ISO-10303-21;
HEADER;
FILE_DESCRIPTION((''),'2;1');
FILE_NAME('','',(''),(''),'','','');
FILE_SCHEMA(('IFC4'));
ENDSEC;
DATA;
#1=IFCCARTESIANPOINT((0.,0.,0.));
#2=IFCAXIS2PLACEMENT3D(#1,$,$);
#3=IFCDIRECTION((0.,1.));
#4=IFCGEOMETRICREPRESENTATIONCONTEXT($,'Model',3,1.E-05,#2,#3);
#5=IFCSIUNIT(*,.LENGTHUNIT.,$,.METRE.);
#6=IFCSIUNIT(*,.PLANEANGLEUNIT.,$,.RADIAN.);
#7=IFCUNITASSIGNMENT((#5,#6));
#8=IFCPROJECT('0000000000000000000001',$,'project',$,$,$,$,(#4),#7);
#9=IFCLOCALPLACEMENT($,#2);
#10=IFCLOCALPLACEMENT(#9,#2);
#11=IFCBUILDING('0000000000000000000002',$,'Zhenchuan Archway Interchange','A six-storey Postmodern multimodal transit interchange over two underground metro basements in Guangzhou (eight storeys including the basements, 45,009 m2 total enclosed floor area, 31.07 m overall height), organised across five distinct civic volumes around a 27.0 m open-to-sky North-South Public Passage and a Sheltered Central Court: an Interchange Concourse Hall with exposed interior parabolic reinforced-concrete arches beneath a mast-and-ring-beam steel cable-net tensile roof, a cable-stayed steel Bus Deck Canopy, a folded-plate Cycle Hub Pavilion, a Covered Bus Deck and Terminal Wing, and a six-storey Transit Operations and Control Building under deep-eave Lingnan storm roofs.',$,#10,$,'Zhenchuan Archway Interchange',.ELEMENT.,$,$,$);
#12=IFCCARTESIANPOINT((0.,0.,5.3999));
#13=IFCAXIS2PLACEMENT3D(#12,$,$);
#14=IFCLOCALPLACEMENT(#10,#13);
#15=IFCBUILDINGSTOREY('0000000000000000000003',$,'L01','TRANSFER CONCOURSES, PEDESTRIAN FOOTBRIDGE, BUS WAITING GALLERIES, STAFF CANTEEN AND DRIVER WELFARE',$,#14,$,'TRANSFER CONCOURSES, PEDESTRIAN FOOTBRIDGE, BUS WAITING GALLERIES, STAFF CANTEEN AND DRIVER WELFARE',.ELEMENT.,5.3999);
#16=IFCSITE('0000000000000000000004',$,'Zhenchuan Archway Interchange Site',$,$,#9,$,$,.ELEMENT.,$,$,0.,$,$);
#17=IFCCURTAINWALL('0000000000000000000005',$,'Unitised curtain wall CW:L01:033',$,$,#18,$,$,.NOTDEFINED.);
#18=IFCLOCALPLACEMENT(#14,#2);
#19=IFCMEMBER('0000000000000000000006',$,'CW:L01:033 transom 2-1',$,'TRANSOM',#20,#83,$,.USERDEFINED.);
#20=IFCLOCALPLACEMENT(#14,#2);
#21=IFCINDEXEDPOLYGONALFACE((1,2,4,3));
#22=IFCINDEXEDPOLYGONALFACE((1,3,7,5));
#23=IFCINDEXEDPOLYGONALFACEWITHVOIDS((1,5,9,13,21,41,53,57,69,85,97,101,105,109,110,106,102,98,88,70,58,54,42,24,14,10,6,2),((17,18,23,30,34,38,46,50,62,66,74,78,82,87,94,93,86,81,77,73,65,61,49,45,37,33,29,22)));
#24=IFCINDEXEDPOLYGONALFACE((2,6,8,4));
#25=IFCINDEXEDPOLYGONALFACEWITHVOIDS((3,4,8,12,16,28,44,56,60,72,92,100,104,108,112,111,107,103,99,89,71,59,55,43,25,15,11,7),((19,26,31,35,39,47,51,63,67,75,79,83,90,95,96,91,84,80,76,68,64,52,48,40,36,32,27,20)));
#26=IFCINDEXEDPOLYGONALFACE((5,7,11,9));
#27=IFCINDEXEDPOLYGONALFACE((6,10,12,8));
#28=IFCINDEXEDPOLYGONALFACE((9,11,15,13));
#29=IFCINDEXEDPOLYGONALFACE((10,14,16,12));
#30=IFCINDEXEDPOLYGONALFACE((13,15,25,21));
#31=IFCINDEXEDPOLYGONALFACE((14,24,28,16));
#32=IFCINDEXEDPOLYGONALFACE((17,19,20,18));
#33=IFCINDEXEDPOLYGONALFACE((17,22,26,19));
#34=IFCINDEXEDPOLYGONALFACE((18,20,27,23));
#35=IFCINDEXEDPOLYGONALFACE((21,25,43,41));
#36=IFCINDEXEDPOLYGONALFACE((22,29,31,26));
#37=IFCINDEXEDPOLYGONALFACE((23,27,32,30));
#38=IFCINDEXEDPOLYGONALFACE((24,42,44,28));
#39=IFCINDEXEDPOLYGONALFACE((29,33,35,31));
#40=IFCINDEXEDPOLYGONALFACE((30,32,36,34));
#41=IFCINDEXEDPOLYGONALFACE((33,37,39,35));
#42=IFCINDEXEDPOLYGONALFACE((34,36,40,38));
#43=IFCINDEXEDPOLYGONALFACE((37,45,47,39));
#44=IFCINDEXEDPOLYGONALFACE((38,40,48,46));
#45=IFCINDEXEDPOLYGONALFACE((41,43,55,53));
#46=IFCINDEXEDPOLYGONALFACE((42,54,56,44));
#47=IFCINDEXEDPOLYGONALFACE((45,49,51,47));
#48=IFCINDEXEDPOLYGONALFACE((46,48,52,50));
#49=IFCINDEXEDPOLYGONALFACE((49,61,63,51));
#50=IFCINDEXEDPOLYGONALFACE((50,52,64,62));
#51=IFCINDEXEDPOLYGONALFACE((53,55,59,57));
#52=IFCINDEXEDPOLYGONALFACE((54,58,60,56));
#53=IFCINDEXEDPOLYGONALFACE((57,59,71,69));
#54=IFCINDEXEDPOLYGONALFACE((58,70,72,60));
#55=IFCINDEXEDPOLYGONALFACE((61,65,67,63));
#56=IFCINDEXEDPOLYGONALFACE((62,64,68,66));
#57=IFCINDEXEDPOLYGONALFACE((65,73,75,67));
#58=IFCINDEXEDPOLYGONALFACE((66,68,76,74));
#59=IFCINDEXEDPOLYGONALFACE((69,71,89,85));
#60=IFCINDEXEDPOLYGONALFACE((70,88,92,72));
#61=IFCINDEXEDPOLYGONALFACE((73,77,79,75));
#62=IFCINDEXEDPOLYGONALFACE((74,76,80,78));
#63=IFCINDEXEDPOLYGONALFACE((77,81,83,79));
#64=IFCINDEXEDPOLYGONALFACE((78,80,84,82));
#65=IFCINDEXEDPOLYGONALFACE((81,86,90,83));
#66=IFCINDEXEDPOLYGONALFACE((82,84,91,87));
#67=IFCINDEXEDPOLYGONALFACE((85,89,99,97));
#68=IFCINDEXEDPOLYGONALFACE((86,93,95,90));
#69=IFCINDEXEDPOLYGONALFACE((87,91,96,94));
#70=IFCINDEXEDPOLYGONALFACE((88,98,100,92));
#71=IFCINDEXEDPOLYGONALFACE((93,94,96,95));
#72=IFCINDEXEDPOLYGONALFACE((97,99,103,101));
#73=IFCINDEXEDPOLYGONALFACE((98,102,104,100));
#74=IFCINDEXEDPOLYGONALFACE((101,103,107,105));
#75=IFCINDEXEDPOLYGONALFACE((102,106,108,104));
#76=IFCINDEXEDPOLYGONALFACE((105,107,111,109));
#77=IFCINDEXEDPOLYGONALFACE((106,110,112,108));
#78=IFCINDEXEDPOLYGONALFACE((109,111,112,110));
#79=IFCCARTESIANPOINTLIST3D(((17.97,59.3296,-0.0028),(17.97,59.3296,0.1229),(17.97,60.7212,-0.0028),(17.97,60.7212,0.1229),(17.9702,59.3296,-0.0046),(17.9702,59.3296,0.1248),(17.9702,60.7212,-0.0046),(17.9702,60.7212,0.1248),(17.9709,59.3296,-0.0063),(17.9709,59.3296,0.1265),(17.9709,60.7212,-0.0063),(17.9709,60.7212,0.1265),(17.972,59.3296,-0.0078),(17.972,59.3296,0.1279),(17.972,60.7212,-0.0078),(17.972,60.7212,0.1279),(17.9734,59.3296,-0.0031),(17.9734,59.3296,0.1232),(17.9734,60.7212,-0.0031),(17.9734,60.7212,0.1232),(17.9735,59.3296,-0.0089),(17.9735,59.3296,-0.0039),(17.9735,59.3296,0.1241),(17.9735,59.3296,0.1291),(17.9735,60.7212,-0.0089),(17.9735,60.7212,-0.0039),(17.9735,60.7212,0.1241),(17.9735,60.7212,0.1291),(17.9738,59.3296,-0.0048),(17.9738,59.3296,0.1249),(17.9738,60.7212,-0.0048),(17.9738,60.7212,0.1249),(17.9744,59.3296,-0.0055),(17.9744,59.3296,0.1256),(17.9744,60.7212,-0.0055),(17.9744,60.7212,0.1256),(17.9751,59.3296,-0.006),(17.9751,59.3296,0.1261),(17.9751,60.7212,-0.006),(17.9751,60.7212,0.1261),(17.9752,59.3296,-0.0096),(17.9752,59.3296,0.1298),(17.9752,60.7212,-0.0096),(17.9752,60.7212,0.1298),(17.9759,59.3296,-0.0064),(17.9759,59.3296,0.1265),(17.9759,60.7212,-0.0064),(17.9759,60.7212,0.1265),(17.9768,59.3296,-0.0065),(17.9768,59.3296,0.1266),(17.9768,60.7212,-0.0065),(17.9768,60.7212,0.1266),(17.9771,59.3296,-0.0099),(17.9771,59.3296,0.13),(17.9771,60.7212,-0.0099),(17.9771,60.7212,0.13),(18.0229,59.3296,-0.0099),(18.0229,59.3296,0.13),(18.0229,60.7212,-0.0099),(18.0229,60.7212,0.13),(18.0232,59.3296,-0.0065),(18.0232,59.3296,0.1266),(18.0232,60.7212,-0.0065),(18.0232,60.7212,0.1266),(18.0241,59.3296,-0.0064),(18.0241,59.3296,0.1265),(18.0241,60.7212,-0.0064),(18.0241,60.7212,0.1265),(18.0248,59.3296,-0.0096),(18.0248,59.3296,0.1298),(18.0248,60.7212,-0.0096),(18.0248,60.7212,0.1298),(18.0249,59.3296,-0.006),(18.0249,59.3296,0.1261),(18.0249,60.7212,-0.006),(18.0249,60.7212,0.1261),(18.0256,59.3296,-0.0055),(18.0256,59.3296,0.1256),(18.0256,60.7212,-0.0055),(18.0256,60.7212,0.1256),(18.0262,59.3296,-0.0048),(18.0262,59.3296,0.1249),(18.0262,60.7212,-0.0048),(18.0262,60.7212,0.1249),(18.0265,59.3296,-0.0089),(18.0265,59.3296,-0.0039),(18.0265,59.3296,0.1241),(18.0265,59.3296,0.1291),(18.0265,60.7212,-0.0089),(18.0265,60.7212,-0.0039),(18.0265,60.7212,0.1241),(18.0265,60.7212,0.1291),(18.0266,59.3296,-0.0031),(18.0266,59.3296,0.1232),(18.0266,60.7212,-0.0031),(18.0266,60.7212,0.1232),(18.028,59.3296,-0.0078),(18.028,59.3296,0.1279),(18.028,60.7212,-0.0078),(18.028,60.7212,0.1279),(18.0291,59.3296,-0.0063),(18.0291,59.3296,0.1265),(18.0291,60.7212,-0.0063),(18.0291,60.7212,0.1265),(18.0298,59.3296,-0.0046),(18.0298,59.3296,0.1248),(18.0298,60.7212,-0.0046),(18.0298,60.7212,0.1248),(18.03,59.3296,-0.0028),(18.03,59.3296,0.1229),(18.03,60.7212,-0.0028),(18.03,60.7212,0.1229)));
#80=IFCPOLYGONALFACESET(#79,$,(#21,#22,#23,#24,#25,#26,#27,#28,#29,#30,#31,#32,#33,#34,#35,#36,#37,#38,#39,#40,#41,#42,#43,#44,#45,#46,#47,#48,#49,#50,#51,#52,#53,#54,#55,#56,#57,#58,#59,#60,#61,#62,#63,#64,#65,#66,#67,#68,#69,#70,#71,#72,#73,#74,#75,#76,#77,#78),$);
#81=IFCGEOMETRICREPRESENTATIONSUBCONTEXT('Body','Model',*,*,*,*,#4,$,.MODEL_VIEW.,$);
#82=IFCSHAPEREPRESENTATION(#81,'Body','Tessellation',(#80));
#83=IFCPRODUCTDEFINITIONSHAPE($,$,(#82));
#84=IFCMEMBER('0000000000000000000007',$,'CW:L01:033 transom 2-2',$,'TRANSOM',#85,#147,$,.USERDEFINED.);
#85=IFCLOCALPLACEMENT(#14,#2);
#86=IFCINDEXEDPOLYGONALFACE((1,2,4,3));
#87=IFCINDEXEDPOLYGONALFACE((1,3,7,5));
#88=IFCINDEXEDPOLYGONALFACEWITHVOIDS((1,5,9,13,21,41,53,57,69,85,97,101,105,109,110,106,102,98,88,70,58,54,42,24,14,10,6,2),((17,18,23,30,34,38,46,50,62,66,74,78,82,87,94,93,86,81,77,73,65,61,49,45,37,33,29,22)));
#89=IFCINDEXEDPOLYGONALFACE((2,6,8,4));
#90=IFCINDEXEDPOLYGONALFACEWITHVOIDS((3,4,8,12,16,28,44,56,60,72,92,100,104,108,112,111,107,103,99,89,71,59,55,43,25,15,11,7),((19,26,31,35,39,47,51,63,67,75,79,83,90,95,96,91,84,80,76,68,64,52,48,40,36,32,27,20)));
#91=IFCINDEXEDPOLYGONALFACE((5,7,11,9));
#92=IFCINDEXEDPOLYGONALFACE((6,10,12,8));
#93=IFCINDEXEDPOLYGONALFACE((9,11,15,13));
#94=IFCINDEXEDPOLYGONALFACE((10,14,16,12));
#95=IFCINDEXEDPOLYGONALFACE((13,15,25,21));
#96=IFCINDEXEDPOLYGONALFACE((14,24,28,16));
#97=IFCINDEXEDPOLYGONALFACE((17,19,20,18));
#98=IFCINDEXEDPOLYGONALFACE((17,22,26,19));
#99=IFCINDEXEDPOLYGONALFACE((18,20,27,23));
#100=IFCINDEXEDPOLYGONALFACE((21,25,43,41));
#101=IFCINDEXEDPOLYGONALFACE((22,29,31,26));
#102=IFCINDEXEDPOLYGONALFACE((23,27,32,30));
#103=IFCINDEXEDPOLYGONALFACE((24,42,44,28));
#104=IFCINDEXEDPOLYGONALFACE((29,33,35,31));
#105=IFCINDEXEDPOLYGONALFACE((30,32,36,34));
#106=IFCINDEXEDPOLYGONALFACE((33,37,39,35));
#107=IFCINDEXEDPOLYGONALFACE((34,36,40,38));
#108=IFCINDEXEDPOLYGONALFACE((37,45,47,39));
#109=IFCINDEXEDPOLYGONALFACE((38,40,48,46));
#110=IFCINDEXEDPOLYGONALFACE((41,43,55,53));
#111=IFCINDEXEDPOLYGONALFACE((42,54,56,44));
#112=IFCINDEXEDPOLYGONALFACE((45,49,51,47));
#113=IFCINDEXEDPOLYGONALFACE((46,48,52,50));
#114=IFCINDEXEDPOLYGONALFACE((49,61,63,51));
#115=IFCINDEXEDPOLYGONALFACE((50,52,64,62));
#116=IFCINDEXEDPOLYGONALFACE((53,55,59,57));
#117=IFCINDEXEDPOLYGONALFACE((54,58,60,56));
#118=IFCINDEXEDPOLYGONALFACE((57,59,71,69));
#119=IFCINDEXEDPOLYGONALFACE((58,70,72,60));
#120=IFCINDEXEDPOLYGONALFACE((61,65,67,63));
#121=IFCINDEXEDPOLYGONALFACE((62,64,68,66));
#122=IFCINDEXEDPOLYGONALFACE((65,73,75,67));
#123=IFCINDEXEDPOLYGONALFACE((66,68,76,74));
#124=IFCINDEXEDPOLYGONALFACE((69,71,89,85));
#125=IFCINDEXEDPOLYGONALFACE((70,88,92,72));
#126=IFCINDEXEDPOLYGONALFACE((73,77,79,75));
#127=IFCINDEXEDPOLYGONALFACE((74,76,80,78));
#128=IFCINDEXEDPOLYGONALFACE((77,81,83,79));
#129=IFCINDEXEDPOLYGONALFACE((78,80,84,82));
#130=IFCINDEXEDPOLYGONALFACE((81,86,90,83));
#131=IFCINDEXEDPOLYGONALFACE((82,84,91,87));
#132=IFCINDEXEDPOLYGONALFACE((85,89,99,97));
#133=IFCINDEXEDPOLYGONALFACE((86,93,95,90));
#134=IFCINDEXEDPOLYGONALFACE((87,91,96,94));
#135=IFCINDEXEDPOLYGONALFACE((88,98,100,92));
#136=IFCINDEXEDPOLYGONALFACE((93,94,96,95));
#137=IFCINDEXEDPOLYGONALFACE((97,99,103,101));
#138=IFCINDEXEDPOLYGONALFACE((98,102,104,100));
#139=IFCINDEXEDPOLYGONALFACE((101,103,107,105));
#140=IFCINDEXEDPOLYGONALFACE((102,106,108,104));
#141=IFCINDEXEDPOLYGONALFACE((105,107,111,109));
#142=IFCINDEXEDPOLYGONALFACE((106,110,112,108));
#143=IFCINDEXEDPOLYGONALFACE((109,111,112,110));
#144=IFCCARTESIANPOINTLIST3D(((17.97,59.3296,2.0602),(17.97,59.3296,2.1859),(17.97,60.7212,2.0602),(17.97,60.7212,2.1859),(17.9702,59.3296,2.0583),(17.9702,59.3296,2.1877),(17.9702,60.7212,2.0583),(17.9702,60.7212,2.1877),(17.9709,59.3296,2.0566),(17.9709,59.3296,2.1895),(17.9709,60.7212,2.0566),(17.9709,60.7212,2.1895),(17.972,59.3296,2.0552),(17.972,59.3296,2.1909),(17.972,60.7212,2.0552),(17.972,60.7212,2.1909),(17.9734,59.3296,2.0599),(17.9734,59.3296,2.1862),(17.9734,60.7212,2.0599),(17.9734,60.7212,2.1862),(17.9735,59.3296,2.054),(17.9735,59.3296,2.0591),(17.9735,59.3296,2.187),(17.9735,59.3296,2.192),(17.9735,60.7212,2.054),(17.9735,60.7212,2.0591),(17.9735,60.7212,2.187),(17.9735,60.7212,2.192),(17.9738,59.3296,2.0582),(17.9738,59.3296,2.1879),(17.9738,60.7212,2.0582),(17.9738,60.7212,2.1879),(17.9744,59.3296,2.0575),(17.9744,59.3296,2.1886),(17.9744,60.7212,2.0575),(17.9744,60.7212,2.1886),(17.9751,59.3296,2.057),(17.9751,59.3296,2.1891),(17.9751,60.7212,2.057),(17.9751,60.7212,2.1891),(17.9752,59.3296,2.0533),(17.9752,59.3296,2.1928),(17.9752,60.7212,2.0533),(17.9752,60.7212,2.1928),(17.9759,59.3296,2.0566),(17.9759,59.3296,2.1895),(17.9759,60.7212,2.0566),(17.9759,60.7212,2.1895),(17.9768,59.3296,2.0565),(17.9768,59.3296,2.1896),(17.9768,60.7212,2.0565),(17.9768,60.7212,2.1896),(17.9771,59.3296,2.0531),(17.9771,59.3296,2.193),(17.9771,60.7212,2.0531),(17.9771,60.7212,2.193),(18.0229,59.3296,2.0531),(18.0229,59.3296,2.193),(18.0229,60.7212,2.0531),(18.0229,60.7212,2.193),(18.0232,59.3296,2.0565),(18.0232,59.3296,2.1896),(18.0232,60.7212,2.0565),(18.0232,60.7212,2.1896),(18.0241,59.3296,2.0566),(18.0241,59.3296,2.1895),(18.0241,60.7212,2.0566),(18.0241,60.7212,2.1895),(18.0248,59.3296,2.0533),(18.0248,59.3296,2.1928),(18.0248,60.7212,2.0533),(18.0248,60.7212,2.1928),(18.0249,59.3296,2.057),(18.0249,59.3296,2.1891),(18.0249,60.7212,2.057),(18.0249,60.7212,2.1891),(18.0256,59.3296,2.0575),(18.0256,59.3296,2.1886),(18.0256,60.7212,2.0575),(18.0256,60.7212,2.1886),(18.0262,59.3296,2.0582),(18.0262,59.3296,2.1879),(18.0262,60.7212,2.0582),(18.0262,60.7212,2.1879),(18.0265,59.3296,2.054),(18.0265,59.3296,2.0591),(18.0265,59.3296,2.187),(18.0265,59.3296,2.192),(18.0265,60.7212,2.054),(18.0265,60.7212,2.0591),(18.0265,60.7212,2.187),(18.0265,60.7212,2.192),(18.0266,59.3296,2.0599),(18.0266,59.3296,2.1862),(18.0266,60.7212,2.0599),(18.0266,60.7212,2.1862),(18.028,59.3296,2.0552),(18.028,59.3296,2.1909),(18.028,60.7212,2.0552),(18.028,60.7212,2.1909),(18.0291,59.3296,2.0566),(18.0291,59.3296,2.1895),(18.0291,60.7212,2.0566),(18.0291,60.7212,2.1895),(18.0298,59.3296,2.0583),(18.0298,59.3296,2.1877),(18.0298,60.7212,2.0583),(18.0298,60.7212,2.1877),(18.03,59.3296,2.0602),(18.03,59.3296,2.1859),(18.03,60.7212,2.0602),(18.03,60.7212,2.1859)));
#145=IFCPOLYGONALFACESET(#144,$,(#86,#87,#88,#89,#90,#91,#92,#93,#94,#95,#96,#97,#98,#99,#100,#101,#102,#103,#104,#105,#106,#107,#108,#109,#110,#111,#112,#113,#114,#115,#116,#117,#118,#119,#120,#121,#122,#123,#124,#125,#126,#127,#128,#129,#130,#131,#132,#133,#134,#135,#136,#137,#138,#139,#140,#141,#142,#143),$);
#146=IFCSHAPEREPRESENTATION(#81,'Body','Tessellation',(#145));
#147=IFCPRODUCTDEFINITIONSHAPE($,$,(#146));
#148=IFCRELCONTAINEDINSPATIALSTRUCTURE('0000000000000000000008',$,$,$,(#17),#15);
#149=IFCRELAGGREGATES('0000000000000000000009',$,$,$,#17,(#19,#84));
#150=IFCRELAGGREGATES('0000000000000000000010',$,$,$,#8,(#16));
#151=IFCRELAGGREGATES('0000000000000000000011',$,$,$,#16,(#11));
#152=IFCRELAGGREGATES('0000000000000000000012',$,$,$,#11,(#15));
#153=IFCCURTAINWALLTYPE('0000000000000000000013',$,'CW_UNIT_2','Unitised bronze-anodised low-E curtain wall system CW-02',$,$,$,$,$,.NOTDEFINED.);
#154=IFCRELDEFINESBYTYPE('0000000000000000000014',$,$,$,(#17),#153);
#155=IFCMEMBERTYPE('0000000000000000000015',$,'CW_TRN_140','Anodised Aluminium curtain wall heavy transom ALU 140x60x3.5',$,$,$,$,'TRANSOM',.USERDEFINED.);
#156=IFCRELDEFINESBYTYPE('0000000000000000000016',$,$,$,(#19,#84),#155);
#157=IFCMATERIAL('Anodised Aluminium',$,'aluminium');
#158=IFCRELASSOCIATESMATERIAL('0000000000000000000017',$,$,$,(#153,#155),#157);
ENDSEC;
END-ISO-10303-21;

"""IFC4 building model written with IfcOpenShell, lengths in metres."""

from ifc_helpers import new_model, si_unit, direction, frame, origin, origin_2d, place, context, subcontext, project, spatial, hollow_rectangle, extrude, material, material_profile, profile_set, type_object, element, aggregate, save


model = new_model("IFC4")

# Units and contexts
model_context = context("Model", 3, precision=1e-05, world=origin(), true_north=direction((0.0, 1.0)))
body_context = subcontext(model_context, "Body", "Model", "MODEL_VIEW")
ifc_project = project(units=[si_unit("LENGTHUNIT", "METRE"), si_unit("PLANEANGLEUNIT", "RADIAN")], contexts=[model_context])

# Site, building, storey
site_placement = place(None, origin())
site = spatial("IfcSite", under=ifc_project, at=site_placement, Name="Zhenchuan Archway Interchange Site", CompositionType="ELEMENT", RefElevation=0.0)
building_placement = place(site_placement, origin())
building = spatial("IfcBuilding", under=site, at=building_placement, Name="Zhenchuan Archway Interchange", Description="A six-storey Postmodern multimodal transit interchange over two underground metro basements in Guangzhou (eight storeys including the basements, 45,009 m2 total enclosed floor area, 31.07 m overall height), organised across five distinct civic volumes around a 27.0 m open-to-sky North-South Public Passage and a Sheltered Central Court: an Interchange Concourse Hall with exposed interior parabolic reinforced-concrete arches beneath a mast-and-ring-beam steel cable-net tensile roof, a cable-stayed steel Bus Deck Canopy, a folded-plate Cycle Hub Pavilion, a Covered Bus Deck and Terminal Wing, and a six-storey Transit Operations and Control Building under deep-eave Lingnan storm roofs.", LongName="Zhenchuan Archway Interchange", CompositionType="ELEMENT")
storey_placement = place(building_placement, frame((0.0, 0.0, 5.3999)))
storey = spatial("IfcBuildingStorey", under=building, at=storey_placement, Name="L01", Description="TRANSFER CONCOURSES, PEDESTRIAN FOOTBRIDGE, BUS WAITING GALLERIES, STAFF CANTEEN AND DRIVER WELFARE", LongName="TRANSFER CONCOURSES, PEDESTRIAN FOOTBRIDGE, BUS WAITING GALLERIES, STAFF CANTEEN AND DRIVER WELFARE", CompositionType="ELEMENT", Elevation=5.3999)

# Curtain wall
ifc_material_1 = material(Name="Anodised Aluminium", Category="aluminium")
curtain_wall_type_1 = type_object("IfcCurtainWallType", Name="CW_UNIT_2", Description="Unitised bronze-anodised low-E curtain wall system CW-02", PredefinedType="NOTDEFINED", material=ifc_material_1)
curtain_wall_1_placement = place(storey_placement, origin())
curtain_wall_1 = element("IfcCurtainWall", 1, at=curtain_wall_1_placement, inside=storey, type_object=curtain_wall_type_1, Name="Unitised curtain wall CW:L01:033", PredefinedType="NOTDEFINED")

# Members
ifc_material_profile_1 = material_profile(ifc_material_1, hollow_rectangle(XDim=0.0601, YDim=0.1399, WallThickness=0.0034, InnerFilletRadius=0.0034, OuterFilletRadius=0.0071, at=origin_2d()), Name="ALU 140x60x3.5")
ifc_profile_set_1 = profile_set([ifc_material_profile_1], Name="Anodised Aluminium")
member_type_1 = type_object("IfcMemberType", Name="CW_TRN_140", Description="Anodised Aluminium curtain wall heavy transom ALU 140x60x3.5", ElementType="TRANSOM", PredefinedType="USERDEFINED", material=ifc_profile_set_1)
member_1_placement = place(storey_placement, frame((18.0, 59.3296, 0.0601), z_axis=(0.0, 1.0, 0.0), x_axis=(-1.0, 0.0, 0.0)))
member_1 = element("IfcMember", 2, at=member_1_placement, type_object=member_type_1, Name="CW:L01:033 transom 2-1", ObjectType="TRANSOM", PredefinedType="USERDEFINED", context=body_context, shape_type="SweptSolid", body=[
    extrude(hollow_rectangle(XDim=0.0601, YDim=0.1399, WallThickness=0.0034, InnerFilletRadius=0.0034, OuterFilletRadius=0.0071, at=origin_2d()), origin(), (0.0, 0.0, 1.0), 1.3916),
])
member_2_placement = place(storey_placement, frame((18.0, 59.3296, 2.123), z_axis=(0.0, 1.0, 0.0), x_axis=(-1.0, 0.0, 0.0)))
member_2 = element("IfcMember", 3, at=member_2_placement, type_object=member_type_1, Name="CW:L01:033 transom 2-2", ObjectType="TRANSOM", PredefinedType="USERDEFINED", context=body_context, shape_type="SweptSolid", body=[
    extrude(hollow_rectangle(XDim=0.0601, YDim=0.1399, WallThickness=0.0034, InnerFilletRadius=0.0034, OuterFilletRadius=0.0071, at=origin_2d()), origin(), (0.0, 0.0, 1.0), 1.3916),
])

aggregate(curtain_wall_1, [member_1, member_2])

save(model, "model.ifc")
